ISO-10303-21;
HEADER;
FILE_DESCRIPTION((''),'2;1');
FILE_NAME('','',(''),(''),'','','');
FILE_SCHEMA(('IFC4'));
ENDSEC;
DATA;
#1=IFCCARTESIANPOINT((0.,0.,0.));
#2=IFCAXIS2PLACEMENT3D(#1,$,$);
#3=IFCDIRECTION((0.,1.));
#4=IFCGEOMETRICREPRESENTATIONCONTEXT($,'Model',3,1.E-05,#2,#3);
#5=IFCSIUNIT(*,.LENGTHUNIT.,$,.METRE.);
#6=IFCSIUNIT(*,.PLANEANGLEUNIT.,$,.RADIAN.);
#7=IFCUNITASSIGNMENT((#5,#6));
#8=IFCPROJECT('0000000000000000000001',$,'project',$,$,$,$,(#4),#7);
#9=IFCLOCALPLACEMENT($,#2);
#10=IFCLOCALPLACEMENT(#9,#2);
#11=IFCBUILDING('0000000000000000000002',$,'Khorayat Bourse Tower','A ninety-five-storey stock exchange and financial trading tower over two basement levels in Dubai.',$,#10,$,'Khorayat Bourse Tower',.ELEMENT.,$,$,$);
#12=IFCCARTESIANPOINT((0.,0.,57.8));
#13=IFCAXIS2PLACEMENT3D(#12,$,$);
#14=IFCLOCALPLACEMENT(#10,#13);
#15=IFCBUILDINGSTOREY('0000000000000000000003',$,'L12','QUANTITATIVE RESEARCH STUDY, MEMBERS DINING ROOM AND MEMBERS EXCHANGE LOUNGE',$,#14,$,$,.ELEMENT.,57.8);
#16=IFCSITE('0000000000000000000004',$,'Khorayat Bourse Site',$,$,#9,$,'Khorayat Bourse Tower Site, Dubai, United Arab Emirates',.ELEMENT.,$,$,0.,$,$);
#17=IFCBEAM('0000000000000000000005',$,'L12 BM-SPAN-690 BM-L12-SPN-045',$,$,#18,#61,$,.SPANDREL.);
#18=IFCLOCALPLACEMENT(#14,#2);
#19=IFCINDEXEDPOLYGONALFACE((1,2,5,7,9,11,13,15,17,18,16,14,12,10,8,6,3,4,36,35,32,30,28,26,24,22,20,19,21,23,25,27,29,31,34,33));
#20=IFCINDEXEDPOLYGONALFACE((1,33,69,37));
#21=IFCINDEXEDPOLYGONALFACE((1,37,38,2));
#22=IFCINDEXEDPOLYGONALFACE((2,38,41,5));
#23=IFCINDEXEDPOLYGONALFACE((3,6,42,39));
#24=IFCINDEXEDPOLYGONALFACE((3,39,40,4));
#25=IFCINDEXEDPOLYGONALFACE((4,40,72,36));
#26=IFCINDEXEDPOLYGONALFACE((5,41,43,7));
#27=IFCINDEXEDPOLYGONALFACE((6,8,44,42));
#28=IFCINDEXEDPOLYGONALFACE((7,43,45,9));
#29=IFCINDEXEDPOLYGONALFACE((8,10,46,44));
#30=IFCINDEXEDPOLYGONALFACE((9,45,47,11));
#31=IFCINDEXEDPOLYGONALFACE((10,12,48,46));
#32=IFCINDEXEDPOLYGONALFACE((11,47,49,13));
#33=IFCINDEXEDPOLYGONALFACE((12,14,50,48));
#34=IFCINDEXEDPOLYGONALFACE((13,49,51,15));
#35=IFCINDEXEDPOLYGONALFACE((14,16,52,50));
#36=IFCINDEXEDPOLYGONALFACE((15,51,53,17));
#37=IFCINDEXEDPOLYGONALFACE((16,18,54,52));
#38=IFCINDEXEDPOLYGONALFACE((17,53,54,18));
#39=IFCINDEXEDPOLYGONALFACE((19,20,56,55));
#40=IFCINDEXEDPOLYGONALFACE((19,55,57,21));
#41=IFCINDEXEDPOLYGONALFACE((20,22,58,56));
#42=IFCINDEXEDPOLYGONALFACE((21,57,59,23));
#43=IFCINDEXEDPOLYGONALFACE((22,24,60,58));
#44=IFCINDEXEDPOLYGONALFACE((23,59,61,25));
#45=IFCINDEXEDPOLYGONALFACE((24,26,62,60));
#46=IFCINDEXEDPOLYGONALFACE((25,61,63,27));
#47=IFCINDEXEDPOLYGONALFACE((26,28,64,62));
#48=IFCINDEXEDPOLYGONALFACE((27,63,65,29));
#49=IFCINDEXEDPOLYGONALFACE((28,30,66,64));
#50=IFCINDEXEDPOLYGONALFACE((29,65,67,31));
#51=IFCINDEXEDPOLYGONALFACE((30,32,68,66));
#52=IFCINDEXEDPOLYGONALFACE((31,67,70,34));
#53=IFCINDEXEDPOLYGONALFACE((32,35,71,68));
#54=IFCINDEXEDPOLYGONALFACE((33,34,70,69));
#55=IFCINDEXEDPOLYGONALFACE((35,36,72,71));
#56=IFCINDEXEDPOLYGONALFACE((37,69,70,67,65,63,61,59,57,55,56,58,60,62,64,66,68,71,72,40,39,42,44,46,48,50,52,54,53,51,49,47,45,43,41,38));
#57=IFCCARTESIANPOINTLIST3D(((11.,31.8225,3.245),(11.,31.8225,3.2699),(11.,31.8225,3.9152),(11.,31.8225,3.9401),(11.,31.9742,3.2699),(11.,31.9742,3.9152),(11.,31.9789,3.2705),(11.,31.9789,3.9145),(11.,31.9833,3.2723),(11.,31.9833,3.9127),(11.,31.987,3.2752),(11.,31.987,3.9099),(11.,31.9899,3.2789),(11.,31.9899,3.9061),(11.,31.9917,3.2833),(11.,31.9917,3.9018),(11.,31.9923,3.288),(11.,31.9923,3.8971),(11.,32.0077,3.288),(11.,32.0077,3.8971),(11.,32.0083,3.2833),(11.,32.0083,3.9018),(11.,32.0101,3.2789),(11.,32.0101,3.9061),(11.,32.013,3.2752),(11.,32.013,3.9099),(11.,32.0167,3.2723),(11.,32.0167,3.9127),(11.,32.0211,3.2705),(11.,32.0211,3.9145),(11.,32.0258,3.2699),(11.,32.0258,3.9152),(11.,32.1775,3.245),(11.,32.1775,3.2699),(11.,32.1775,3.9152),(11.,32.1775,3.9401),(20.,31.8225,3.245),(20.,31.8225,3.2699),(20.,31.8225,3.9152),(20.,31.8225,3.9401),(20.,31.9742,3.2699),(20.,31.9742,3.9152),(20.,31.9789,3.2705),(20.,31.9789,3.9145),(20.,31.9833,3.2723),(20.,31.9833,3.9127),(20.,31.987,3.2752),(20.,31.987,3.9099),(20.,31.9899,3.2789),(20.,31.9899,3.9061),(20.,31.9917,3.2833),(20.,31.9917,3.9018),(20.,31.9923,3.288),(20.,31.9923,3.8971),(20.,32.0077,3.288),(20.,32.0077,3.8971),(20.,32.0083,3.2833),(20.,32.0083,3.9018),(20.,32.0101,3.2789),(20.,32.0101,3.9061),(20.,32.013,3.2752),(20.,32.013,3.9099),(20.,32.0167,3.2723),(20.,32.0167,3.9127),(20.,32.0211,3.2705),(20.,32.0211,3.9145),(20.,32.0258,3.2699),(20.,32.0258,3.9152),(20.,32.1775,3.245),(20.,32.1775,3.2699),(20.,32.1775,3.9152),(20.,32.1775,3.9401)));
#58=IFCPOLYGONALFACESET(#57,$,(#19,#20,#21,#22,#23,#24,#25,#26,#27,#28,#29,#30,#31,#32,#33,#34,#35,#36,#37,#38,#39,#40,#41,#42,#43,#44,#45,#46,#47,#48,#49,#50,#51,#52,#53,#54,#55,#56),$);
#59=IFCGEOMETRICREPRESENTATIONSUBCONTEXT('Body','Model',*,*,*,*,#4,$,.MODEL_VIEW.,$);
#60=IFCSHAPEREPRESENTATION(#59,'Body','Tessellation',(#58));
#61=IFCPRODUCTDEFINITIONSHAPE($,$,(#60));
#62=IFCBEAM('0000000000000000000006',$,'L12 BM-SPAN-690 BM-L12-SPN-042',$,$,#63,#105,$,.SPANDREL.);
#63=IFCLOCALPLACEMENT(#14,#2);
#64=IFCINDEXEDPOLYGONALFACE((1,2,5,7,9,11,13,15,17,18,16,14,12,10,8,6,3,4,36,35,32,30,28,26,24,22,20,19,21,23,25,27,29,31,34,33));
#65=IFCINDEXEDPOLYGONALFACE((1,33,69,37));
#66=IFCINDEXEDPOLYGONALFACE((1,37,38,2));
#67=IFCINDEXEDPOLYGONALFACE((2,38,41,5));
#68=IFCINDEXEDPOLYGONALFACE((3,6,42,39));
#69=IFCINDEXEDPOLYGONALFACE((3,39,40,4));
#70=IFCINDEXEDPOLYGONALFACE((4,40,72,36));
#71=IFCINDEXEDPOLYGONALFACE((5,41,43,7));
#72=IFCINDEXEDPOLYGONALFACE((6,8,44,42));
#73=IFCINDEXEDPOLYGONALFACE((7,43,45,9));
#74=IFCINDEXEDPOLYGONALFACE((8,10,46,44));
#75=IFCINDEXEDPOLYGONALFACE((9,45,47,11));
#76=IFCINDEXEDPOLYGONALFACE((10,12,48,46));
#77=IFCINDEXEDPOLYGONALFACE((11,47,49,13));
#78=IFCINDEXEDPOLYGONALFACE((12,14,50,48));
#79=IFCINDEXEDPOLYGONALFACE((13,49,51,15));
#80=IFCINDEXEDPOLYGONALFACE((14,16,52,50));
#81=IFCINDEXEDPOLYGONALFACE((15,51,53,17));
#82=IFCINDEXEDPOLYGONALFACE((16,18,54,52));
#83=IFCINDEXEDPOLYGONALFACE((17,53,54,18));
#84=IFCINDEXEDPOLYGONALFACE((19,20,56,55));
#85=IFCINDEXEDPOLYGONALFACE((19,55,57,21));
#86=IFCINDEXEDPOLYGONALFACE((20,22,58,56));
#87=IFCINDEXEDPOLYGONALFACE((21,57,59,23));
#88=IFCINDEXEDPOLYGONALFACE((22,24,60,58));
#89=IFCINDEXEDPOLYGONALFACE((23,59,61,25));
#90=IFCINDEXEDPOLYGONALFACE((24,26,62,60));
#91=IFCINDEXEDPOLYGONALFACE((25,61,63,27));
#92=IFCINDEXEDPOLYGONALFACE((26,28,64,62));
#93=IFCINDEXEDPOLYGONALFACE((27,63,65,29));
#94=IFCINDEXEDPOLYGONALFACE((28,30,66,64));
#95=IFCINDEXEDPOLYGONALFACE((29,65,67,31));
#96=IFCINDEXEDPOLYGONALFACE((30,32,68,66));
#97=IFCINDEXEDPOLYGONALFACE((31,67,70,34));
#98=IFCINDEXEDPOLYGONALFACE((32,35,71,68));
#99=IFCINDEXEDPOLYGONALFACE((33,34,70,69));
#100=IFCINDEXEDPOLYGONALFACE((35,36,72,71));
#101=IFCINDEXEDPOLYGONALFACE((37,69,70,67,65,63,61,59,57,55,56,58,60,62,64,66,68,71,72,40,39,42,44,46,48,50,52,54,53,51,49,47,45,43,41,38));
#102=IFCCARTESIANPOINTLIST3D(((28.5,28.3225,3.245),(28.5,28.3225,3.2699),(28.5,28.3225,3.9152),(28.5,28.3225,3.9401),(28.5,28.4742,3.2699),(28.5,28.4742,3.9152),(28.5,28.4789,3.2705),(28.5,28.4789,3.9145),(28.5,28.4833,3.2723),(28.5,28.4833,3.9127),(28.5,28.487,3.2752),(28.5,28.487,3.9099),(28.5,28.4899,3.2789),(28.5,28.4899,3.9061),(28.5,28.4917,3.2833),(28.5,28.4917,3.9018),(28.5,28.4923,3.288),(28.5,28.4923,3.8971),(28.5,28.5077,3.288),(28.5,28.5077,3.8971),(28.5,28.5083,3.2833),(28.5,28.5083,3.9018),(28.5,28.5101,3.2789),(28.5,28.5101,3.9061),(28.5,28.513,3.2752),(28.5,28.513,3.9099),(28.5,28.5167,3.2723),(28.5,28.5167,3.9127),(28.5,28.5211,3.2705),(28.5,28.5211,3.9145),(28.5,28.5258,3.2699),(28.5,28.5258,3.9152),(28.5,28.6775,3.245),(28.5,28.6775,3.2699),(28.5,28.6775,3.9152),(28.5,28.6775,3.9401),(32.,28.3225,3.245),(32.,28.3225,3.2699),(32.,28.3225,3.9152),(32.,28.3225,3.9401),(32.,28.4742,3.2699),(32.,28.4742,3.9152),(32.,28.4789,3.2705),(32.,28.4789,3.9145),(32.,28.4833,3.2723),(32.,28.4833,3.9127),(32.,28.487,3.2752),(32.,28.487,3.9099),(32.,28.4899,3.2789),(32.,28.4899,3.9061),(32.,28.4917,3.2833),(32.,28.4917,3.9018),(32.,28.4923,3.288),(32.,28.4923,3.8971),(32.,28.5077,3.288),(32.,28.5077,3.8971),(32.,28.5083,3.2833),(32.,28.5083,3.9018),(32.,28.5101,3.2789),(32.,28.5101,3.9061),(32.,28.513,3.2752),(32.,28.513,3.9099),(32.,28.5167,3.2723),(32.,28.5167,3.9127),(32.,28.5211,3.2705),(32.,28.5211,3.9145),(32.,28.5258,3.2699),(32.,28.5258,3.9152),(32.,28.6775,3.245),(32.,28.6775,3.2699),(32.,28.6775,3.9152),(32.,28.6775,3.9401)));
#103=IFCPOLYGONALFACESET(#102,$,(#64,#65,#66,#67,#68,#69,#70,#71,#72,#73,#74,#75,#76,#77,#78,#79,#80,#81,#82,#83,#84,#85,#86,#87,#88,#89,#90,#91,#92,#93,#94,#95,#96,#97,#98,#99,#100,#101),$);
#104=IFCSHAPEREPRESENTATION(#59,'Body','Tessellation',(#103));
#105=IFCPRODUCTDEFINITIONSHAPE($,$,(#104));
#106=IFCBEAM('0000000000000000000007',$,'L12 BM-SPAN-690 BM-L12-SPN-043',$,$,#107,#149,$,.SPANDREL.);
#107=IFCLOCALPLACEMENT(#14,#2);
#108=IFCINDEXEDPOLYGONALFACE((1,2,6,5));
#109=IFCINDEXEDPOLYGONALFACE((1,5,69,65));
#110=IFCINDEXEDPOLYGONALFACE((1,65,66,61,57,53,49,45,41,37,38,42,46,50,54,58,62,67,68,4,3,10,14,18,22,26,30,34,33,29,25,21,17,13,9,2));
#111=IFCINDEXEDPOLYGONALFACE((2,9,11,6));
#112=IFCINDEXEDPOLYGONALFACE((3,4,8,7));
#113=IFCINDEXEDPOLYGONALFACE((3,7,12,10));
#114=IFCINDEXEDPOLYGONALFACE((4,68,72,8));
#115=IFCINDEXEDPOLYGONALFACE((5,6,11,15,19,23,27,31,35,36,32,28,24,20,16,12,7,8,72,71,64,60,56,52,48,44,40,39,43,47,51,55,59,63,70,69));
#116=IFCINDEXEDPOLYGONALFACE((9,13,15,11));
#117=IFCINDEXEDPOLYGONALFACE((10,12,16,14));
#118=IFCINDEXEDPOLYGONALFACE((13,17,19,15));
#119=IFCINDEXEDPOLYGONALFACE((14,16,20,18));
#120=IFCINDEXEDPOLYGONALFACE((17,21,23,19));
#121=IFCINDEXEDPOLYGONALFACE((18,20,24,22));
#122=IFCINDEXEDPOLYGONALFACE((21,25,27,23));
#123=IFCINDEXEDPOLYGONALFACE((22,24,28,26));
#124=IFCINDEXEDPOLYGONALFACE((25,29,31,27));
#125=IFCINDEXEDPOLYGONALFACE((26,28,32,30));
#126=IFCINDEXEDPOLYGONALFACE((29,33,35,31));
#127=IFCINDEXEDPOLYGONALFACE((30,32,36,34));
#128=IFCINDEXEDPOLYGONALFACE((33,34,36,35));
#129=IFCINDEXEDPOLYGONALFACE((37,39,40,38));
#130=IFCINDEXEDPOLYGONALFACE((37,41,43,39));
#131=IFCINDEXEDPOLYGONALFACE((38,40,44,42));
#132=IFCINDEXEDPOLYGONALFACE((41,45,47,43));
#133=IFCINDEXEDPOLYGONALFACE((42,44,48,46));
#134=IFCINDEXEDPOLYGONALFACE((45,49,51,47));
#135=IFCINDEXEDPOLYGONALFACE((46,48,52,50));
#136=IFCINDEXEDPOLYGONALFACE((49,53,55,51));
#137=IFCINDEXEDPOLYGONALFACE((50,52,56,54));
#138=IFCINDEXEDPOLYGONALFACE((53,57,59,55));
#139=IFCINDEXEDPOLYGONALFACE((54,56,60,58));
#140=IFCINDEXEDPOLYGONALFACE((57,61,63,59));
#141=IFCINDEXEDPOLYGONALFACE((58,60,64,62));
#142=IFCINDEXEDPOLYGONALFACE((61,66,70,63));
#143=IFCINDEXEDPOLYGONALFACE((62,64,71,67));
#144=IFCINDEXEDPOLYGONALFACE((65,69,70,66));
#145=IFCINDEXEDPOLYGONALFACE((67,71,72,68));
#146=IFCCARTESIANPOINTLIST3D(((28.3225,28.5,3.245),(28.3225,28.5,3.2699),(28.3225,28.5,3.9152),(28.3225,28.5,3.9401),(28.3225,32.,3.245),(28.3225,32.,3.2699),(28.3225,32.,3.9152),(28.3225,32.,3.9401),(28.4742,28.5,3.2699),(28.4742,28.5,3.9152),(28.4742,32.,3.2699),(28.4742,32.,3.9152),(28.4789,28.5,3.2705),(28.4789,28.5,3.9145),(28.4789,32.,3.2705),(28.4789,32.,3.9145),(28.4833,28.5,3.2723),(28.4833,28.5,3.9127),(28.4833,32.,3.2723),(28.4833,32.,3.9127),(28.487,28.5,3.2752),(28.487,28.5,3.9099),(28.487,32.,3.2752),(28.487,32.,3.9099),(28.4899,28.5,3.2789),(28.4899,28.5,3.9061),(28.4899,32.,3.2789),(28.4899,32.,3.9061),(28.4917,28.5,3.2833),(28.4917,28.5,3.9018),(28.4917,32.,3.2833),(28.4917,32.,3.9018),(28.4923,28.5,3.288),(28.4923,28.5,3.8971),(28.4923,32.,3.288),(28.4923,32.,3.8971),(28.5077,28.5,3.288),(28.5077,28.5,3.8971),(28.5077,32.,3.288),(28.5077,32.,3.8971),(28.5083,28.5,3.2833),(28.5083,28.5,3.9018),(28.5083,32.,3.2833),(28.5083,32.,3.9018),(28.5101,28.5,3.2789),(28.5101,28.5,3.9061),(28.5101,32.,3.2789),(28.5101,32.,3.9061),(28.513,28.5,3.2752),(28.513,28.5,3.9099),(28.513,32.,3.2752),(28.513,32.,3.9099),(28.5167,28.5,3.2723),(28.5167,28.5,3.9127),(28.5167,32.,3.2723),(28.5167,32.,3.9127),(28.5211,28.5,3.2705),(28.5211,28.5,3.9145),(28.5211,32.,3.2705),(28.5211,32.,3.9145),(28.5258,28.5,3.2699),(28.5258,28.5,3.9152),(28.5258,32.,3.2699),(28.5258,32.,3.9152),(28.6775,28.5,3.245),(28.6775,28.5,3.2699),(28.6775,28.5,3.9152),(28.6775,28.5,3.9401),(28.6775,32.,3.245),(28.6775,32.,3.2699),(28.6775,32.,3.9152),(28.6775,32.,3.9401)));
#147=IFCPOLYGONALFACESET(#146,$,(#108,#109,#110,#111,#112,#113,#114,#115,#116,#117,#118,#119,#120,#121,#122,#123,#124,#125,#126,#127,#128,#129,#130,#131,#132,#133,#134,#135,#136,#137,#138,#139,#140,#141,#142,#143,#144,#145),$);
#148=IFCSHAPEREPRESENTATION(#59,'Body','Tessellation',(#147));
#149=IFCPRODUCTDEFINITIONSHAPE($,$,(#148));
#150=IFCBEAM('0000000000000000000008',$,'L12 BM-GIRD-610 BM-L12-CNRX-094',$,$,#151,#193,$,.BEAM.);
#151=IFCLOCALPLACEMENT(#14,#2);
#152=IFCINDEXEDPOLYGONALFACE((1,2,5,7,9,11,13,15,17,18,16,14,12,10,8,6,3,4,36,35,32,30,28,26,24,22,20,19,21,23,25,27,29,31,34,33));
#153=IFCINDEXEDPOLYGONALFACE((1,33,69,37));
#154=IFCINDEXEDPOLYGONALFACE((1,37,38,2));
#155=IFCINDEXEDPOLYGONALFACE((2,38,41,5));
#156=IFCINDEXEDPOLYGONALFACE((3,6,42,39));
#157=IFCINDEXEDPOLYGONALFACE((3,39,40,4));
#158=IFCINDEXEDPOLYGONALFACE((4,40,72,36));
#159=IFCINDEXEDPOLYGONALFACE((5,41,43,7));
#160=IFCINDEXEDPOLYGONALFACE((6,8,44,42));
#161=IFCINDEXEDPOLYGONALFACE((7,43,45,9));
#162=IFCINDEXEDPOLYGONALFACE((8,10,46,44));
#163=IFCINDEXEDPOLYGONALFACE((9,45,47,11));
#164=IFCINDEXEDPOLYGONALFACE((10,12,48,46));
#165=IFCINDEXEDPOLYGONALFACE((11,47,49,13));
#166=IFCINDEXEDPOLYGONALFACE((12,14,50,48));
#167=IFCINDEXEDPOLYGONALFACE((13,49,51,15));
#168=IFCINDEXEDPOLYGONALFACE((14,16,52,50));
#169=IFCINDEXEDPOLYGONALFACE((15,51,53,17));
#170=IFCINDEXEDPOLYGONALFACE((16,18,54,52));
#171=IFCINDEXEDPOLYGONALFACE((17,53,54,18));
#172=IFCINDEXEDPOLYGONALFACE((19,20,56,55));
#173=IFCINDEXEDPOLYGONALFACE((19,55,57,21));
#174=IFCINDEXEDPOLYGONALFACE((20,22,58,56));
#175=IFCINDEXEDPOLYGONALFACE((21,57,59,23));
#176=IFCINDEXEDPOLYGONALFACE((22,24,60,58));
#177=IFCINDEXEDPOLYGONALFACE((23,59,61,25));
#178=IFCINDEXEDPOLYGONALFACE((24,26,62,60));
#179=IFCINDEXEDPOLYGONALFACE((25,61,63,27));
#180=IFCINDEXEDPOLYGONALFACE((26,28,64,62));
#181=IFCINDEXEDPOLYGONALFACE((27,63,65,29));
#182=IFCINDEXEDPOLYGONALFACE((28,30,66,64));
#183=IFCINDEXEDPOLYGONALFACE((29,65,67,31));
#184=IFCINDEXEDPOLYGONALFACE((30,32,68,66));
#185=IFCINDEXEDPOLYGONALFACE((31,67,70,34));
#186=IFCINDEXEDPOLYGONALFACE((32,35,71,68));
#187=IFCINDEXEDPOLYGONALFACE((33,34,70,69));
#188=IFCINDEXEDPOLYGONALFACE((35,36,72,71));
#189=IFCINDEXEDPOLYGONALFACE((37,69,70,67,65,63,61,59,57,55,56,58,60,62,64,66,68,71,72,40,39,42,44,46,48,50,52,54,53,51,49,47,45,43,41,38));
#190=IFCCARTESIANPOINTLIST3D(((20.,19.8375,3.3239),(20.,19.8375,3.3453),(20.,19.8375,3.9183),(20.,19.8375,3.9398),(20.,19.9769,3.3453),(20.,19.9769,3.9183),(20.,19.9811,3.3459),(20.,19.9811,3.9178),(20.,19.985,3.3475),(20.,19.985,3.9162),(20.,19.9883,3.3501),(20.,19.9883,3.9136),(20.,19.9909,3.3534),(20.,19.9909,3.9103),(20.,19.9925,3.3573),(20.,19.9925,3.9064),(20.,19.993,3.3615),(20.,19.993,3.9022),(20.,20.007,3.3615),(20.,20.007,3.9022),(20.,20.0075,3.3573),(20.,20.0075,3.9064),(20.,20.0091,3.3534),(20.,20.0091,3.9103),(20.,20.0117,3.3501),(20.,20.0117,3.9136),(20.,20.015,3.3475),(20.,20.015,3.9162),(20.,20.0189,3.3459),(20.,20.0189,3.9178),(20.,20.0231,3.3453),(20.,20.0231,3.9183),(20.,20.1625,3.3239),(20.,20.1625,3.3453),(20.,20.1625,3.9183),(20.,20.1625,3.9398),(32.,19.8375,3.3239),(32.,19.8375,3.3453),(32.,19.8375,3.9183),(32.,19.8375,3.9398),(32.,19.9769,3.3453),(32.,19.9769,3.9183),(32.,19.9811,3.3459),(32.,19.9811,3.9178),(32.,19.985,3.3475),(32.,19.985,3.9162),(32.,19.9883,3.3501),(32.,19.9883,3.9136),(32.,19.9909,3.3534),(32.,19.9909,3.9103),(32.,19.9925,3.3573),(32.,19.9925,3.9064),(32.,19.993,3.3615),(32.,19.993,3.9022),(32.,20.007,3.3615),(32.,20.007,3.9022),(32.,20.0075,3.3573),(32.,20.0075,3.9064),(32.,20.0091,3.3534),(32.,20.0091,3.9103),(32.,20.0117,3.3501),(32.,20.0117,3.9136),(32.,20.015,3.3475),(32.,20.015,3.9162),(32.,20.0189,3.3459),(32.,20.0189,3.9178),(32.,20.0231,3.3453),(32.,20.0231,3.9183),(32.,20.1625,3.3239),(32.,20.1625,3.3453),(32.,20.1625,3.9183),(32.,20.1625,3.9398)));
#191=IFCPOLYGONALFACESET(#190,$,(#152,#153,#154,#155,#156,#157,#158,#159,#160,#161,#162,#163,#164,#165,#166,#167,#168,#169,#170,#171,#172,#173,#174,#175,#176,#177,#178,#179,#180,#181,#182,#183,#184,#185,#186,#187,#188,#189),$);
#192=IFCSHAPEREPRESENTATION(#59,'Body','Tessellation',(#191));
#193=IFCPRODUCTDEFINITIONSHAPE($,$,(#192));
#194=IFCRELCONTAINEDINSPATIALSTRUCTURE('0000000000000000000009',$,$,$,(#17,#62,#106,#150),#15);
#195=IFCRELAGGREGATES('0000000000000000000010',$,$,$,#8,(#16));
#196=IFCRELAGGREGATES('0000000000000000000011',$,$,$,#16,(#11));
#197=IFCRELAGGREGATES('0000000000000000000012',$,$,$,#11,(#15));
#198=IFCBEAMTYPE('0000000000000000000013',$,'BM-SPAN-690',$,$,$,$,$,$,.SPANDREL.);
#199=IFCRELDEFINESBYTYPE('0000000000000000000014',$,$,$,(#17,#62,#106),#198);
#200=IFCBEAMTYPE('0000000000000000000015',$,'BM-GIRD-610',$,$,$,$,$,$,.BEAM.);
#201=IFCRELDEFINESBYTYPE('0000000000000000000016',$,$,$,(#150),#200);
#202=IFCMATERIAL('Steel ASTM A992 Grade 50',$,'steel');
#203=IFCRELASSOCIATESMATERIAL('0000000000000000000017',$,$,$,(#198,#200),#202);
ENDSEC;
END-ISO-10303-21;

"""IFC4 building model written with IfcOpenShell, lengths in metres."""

from ifc_helpers import new_model, si_unit, direction, frame, origin, origin_2d, place, context, subcontext, project, spatial, i_section, extrude, source, transform, mapped, material, material_profile, profile_set, type_object, element, save


model = new_model("IFC4")

# Units and contexts
model_context = context("Model", 3, precision=1e-05, world=origin(), true_north=direction((0.0, 1.0)))
body_context = subcontext(model_context, "Body", "Model", "MODEL_VIEW")
ifc_project = project(units=[si_unit("LENGTHUNIT", "METRE"), si_unit("PLANEANGLEUNIT", "RADIAN")], contexts=[model_context])

# Site, building, storey
site_placement = place(None, origin())
site = spatial("IfcSite", under=ifc_project, at=site_placement, Name="Khorayat Bourse Site", LongName="Khorayat Bourse Tower Site, Dubai, United Arab Emirates", CompositionType="ELEMENT", RefElevation=0.0)
building_placement = place(site_placement, origin())
building = spatial("IfcBuilding", under=site, at=building_placement, Name="Khorayat Bourse Tower", Description="A ninety-five-storey stock exchange and financial trading tower over two basement levels in Dubai.", LongName="Khorayat Bourse Tower", CompositionType="ELEMENT")
storey_placement = place(building_placement, frame((0.0, 0.0, 57.8)))
storey = spatial("IfcBuildingStorey", under=building, at=storey_placement, Name="L12", Description="QUANTITATIVE RESEARCH STUDY, MEMBERS DINING ROOM AND MEMBERS EXCHANGE LOUNGE", CompositionType="ELEMENT", Elevation=57.8)

# Beams
ifc_material_1 = material(Name="Steel ASTM A992 Grade 50", Category="steel")
ifc_material_profile_1 = material_profile(ifc_material_1, i_section(OverallWidth=0.355, OverallDepth=0.6951, WebThickness=0.0154, FlangeThickness=0.0249, FilletRadius=0.0181, at=origin_2d()), Name="W690X217")
ifc_profile_set_1 = profile_set([ifc_material_profile_1], Name="Steel ASTM A992 Grade 50")
beam_type_1 = type_object("IfcBeamType", Name="BM-SPAN-690", PredefinedType="SPANDREL", material=ifc_profile_set_1)
shared_shape_1 = source(origin(), body_context, "Body", "SweptSolid", [
    extrude(i_section(OverallWidth=0.355, OverallDepth=0.6951, WebThickness=0.0154, FlangeThickness=0.0249, FilletRadius=0.0181, at=origin_2d()), origin(), (0.0, 0.0, 1.0), 9.0),
])
beam_1_placement = place(storey_placement, frame((11.0, 32.0, 3.5925), z_axis=(1.0, 0.0, 0.0), x_axis=(0.0, 1.0, 0.0)))
element("IfcBeam", 1, at=beam_1_placement, inside=storey, type_object=beam_type_1, Name="L12 BM-SPAN-690 BM-L12-SPN-045", PredefinedType="SPANDREL", context=body_context, shape_type="MappedRepresentation", body=[
    mapped(shared_shape_1, transform((0.0, 0.0, 0.0), scale=1.0)),
])
shared_shape_2 = source(origin(), body_context, "Body", "SweptSolid", [
    extrude(i_section(OverallWidth=0.355, OverallDepth=0.6951, WebThickness=0.0154, FlangeThickness=0.0249, FilletRadius=0.0181, at=origin_2d()), origin(), (0.0, 0.0, 1.0), 3.5),
])
for number, where, z_axis, x_axis, name in (
    (2, (28.5, 28.5, 3.5925), (1.0, 0.0, 0.0), (0.0, 1.0, 0.0), "L12 BM-SPAN-690 BM-L12-SPN-042"),
    (3, (28.5, 28.5, 3.5925), (0.0, 1.0, 0.0), (-1.0, 0.0, 0.0), "L12 BM-SPAN-690 BM-L12-SPN-043"),
):
    element("IfcBeam", number, at=place(storey_placement, frame(where, z_axis=z_axis, x_axis=x_axis)), inside=storey, type_object=beam_type_1, Name=name, PredefinedType="SPANDREL", context=body_context, shape_type="MappedRepresentation", body=[
        mapped(shared_shape_2, transform((0.0, 0.0, 0.0), scale=1.0)),
    ])
ifc_material_profile_2 = material_profile(ifc_material_1, i_section(OverallWidth=0.325, OverallDepth=0.616, WebThickness=0.0139, FlangeThickness=0.0215, FilletRadius=0.0161, at=origin_2d()), Name="W610X174")
ifc_profile_set_2 = profile_set([ifc_material_profile_2], Name="Steel ASTM A992 Grade 50")
beam_type_2 = type_object("IfcBeamType", Name="BM-GIRD-610", PredefinedType="BEAM", material=ifc_profile_set_2)
shared_shape_3 = source(origin(), body_context, "Body", "SweptSolid", [
    extrude(i_section(OverallWidth=0.325, OverallDepth=0.616, WebThickness=0.0139, FlangeThickness=0.0215, FilletRadius=0.0161, at=origin_2d()), origin(), (0.0, 0.0, 1.0), 12.0),
])
beam_2_placement = place(storey_placement, frame((20.0, 20.0, 3.6318), z_axis=(1.0, 0.0, 0.0), x_axis=(0.0, 1.0, 0.0)))
element("IfcBeam", 4, at=beam_2_placement, inside=storey, type_object=beam_type_2, Name="L12 BM-GIRD-610 BM-L12-CNRX-094", PredefinedType="BEAM", context=body_context, shape_type="MappedRepresentation", body=[
    mapped(shared_shape_3, transform((0.0, 0.0, 0.0), scale=1.0)),
])

save(model, "model.ifc")
